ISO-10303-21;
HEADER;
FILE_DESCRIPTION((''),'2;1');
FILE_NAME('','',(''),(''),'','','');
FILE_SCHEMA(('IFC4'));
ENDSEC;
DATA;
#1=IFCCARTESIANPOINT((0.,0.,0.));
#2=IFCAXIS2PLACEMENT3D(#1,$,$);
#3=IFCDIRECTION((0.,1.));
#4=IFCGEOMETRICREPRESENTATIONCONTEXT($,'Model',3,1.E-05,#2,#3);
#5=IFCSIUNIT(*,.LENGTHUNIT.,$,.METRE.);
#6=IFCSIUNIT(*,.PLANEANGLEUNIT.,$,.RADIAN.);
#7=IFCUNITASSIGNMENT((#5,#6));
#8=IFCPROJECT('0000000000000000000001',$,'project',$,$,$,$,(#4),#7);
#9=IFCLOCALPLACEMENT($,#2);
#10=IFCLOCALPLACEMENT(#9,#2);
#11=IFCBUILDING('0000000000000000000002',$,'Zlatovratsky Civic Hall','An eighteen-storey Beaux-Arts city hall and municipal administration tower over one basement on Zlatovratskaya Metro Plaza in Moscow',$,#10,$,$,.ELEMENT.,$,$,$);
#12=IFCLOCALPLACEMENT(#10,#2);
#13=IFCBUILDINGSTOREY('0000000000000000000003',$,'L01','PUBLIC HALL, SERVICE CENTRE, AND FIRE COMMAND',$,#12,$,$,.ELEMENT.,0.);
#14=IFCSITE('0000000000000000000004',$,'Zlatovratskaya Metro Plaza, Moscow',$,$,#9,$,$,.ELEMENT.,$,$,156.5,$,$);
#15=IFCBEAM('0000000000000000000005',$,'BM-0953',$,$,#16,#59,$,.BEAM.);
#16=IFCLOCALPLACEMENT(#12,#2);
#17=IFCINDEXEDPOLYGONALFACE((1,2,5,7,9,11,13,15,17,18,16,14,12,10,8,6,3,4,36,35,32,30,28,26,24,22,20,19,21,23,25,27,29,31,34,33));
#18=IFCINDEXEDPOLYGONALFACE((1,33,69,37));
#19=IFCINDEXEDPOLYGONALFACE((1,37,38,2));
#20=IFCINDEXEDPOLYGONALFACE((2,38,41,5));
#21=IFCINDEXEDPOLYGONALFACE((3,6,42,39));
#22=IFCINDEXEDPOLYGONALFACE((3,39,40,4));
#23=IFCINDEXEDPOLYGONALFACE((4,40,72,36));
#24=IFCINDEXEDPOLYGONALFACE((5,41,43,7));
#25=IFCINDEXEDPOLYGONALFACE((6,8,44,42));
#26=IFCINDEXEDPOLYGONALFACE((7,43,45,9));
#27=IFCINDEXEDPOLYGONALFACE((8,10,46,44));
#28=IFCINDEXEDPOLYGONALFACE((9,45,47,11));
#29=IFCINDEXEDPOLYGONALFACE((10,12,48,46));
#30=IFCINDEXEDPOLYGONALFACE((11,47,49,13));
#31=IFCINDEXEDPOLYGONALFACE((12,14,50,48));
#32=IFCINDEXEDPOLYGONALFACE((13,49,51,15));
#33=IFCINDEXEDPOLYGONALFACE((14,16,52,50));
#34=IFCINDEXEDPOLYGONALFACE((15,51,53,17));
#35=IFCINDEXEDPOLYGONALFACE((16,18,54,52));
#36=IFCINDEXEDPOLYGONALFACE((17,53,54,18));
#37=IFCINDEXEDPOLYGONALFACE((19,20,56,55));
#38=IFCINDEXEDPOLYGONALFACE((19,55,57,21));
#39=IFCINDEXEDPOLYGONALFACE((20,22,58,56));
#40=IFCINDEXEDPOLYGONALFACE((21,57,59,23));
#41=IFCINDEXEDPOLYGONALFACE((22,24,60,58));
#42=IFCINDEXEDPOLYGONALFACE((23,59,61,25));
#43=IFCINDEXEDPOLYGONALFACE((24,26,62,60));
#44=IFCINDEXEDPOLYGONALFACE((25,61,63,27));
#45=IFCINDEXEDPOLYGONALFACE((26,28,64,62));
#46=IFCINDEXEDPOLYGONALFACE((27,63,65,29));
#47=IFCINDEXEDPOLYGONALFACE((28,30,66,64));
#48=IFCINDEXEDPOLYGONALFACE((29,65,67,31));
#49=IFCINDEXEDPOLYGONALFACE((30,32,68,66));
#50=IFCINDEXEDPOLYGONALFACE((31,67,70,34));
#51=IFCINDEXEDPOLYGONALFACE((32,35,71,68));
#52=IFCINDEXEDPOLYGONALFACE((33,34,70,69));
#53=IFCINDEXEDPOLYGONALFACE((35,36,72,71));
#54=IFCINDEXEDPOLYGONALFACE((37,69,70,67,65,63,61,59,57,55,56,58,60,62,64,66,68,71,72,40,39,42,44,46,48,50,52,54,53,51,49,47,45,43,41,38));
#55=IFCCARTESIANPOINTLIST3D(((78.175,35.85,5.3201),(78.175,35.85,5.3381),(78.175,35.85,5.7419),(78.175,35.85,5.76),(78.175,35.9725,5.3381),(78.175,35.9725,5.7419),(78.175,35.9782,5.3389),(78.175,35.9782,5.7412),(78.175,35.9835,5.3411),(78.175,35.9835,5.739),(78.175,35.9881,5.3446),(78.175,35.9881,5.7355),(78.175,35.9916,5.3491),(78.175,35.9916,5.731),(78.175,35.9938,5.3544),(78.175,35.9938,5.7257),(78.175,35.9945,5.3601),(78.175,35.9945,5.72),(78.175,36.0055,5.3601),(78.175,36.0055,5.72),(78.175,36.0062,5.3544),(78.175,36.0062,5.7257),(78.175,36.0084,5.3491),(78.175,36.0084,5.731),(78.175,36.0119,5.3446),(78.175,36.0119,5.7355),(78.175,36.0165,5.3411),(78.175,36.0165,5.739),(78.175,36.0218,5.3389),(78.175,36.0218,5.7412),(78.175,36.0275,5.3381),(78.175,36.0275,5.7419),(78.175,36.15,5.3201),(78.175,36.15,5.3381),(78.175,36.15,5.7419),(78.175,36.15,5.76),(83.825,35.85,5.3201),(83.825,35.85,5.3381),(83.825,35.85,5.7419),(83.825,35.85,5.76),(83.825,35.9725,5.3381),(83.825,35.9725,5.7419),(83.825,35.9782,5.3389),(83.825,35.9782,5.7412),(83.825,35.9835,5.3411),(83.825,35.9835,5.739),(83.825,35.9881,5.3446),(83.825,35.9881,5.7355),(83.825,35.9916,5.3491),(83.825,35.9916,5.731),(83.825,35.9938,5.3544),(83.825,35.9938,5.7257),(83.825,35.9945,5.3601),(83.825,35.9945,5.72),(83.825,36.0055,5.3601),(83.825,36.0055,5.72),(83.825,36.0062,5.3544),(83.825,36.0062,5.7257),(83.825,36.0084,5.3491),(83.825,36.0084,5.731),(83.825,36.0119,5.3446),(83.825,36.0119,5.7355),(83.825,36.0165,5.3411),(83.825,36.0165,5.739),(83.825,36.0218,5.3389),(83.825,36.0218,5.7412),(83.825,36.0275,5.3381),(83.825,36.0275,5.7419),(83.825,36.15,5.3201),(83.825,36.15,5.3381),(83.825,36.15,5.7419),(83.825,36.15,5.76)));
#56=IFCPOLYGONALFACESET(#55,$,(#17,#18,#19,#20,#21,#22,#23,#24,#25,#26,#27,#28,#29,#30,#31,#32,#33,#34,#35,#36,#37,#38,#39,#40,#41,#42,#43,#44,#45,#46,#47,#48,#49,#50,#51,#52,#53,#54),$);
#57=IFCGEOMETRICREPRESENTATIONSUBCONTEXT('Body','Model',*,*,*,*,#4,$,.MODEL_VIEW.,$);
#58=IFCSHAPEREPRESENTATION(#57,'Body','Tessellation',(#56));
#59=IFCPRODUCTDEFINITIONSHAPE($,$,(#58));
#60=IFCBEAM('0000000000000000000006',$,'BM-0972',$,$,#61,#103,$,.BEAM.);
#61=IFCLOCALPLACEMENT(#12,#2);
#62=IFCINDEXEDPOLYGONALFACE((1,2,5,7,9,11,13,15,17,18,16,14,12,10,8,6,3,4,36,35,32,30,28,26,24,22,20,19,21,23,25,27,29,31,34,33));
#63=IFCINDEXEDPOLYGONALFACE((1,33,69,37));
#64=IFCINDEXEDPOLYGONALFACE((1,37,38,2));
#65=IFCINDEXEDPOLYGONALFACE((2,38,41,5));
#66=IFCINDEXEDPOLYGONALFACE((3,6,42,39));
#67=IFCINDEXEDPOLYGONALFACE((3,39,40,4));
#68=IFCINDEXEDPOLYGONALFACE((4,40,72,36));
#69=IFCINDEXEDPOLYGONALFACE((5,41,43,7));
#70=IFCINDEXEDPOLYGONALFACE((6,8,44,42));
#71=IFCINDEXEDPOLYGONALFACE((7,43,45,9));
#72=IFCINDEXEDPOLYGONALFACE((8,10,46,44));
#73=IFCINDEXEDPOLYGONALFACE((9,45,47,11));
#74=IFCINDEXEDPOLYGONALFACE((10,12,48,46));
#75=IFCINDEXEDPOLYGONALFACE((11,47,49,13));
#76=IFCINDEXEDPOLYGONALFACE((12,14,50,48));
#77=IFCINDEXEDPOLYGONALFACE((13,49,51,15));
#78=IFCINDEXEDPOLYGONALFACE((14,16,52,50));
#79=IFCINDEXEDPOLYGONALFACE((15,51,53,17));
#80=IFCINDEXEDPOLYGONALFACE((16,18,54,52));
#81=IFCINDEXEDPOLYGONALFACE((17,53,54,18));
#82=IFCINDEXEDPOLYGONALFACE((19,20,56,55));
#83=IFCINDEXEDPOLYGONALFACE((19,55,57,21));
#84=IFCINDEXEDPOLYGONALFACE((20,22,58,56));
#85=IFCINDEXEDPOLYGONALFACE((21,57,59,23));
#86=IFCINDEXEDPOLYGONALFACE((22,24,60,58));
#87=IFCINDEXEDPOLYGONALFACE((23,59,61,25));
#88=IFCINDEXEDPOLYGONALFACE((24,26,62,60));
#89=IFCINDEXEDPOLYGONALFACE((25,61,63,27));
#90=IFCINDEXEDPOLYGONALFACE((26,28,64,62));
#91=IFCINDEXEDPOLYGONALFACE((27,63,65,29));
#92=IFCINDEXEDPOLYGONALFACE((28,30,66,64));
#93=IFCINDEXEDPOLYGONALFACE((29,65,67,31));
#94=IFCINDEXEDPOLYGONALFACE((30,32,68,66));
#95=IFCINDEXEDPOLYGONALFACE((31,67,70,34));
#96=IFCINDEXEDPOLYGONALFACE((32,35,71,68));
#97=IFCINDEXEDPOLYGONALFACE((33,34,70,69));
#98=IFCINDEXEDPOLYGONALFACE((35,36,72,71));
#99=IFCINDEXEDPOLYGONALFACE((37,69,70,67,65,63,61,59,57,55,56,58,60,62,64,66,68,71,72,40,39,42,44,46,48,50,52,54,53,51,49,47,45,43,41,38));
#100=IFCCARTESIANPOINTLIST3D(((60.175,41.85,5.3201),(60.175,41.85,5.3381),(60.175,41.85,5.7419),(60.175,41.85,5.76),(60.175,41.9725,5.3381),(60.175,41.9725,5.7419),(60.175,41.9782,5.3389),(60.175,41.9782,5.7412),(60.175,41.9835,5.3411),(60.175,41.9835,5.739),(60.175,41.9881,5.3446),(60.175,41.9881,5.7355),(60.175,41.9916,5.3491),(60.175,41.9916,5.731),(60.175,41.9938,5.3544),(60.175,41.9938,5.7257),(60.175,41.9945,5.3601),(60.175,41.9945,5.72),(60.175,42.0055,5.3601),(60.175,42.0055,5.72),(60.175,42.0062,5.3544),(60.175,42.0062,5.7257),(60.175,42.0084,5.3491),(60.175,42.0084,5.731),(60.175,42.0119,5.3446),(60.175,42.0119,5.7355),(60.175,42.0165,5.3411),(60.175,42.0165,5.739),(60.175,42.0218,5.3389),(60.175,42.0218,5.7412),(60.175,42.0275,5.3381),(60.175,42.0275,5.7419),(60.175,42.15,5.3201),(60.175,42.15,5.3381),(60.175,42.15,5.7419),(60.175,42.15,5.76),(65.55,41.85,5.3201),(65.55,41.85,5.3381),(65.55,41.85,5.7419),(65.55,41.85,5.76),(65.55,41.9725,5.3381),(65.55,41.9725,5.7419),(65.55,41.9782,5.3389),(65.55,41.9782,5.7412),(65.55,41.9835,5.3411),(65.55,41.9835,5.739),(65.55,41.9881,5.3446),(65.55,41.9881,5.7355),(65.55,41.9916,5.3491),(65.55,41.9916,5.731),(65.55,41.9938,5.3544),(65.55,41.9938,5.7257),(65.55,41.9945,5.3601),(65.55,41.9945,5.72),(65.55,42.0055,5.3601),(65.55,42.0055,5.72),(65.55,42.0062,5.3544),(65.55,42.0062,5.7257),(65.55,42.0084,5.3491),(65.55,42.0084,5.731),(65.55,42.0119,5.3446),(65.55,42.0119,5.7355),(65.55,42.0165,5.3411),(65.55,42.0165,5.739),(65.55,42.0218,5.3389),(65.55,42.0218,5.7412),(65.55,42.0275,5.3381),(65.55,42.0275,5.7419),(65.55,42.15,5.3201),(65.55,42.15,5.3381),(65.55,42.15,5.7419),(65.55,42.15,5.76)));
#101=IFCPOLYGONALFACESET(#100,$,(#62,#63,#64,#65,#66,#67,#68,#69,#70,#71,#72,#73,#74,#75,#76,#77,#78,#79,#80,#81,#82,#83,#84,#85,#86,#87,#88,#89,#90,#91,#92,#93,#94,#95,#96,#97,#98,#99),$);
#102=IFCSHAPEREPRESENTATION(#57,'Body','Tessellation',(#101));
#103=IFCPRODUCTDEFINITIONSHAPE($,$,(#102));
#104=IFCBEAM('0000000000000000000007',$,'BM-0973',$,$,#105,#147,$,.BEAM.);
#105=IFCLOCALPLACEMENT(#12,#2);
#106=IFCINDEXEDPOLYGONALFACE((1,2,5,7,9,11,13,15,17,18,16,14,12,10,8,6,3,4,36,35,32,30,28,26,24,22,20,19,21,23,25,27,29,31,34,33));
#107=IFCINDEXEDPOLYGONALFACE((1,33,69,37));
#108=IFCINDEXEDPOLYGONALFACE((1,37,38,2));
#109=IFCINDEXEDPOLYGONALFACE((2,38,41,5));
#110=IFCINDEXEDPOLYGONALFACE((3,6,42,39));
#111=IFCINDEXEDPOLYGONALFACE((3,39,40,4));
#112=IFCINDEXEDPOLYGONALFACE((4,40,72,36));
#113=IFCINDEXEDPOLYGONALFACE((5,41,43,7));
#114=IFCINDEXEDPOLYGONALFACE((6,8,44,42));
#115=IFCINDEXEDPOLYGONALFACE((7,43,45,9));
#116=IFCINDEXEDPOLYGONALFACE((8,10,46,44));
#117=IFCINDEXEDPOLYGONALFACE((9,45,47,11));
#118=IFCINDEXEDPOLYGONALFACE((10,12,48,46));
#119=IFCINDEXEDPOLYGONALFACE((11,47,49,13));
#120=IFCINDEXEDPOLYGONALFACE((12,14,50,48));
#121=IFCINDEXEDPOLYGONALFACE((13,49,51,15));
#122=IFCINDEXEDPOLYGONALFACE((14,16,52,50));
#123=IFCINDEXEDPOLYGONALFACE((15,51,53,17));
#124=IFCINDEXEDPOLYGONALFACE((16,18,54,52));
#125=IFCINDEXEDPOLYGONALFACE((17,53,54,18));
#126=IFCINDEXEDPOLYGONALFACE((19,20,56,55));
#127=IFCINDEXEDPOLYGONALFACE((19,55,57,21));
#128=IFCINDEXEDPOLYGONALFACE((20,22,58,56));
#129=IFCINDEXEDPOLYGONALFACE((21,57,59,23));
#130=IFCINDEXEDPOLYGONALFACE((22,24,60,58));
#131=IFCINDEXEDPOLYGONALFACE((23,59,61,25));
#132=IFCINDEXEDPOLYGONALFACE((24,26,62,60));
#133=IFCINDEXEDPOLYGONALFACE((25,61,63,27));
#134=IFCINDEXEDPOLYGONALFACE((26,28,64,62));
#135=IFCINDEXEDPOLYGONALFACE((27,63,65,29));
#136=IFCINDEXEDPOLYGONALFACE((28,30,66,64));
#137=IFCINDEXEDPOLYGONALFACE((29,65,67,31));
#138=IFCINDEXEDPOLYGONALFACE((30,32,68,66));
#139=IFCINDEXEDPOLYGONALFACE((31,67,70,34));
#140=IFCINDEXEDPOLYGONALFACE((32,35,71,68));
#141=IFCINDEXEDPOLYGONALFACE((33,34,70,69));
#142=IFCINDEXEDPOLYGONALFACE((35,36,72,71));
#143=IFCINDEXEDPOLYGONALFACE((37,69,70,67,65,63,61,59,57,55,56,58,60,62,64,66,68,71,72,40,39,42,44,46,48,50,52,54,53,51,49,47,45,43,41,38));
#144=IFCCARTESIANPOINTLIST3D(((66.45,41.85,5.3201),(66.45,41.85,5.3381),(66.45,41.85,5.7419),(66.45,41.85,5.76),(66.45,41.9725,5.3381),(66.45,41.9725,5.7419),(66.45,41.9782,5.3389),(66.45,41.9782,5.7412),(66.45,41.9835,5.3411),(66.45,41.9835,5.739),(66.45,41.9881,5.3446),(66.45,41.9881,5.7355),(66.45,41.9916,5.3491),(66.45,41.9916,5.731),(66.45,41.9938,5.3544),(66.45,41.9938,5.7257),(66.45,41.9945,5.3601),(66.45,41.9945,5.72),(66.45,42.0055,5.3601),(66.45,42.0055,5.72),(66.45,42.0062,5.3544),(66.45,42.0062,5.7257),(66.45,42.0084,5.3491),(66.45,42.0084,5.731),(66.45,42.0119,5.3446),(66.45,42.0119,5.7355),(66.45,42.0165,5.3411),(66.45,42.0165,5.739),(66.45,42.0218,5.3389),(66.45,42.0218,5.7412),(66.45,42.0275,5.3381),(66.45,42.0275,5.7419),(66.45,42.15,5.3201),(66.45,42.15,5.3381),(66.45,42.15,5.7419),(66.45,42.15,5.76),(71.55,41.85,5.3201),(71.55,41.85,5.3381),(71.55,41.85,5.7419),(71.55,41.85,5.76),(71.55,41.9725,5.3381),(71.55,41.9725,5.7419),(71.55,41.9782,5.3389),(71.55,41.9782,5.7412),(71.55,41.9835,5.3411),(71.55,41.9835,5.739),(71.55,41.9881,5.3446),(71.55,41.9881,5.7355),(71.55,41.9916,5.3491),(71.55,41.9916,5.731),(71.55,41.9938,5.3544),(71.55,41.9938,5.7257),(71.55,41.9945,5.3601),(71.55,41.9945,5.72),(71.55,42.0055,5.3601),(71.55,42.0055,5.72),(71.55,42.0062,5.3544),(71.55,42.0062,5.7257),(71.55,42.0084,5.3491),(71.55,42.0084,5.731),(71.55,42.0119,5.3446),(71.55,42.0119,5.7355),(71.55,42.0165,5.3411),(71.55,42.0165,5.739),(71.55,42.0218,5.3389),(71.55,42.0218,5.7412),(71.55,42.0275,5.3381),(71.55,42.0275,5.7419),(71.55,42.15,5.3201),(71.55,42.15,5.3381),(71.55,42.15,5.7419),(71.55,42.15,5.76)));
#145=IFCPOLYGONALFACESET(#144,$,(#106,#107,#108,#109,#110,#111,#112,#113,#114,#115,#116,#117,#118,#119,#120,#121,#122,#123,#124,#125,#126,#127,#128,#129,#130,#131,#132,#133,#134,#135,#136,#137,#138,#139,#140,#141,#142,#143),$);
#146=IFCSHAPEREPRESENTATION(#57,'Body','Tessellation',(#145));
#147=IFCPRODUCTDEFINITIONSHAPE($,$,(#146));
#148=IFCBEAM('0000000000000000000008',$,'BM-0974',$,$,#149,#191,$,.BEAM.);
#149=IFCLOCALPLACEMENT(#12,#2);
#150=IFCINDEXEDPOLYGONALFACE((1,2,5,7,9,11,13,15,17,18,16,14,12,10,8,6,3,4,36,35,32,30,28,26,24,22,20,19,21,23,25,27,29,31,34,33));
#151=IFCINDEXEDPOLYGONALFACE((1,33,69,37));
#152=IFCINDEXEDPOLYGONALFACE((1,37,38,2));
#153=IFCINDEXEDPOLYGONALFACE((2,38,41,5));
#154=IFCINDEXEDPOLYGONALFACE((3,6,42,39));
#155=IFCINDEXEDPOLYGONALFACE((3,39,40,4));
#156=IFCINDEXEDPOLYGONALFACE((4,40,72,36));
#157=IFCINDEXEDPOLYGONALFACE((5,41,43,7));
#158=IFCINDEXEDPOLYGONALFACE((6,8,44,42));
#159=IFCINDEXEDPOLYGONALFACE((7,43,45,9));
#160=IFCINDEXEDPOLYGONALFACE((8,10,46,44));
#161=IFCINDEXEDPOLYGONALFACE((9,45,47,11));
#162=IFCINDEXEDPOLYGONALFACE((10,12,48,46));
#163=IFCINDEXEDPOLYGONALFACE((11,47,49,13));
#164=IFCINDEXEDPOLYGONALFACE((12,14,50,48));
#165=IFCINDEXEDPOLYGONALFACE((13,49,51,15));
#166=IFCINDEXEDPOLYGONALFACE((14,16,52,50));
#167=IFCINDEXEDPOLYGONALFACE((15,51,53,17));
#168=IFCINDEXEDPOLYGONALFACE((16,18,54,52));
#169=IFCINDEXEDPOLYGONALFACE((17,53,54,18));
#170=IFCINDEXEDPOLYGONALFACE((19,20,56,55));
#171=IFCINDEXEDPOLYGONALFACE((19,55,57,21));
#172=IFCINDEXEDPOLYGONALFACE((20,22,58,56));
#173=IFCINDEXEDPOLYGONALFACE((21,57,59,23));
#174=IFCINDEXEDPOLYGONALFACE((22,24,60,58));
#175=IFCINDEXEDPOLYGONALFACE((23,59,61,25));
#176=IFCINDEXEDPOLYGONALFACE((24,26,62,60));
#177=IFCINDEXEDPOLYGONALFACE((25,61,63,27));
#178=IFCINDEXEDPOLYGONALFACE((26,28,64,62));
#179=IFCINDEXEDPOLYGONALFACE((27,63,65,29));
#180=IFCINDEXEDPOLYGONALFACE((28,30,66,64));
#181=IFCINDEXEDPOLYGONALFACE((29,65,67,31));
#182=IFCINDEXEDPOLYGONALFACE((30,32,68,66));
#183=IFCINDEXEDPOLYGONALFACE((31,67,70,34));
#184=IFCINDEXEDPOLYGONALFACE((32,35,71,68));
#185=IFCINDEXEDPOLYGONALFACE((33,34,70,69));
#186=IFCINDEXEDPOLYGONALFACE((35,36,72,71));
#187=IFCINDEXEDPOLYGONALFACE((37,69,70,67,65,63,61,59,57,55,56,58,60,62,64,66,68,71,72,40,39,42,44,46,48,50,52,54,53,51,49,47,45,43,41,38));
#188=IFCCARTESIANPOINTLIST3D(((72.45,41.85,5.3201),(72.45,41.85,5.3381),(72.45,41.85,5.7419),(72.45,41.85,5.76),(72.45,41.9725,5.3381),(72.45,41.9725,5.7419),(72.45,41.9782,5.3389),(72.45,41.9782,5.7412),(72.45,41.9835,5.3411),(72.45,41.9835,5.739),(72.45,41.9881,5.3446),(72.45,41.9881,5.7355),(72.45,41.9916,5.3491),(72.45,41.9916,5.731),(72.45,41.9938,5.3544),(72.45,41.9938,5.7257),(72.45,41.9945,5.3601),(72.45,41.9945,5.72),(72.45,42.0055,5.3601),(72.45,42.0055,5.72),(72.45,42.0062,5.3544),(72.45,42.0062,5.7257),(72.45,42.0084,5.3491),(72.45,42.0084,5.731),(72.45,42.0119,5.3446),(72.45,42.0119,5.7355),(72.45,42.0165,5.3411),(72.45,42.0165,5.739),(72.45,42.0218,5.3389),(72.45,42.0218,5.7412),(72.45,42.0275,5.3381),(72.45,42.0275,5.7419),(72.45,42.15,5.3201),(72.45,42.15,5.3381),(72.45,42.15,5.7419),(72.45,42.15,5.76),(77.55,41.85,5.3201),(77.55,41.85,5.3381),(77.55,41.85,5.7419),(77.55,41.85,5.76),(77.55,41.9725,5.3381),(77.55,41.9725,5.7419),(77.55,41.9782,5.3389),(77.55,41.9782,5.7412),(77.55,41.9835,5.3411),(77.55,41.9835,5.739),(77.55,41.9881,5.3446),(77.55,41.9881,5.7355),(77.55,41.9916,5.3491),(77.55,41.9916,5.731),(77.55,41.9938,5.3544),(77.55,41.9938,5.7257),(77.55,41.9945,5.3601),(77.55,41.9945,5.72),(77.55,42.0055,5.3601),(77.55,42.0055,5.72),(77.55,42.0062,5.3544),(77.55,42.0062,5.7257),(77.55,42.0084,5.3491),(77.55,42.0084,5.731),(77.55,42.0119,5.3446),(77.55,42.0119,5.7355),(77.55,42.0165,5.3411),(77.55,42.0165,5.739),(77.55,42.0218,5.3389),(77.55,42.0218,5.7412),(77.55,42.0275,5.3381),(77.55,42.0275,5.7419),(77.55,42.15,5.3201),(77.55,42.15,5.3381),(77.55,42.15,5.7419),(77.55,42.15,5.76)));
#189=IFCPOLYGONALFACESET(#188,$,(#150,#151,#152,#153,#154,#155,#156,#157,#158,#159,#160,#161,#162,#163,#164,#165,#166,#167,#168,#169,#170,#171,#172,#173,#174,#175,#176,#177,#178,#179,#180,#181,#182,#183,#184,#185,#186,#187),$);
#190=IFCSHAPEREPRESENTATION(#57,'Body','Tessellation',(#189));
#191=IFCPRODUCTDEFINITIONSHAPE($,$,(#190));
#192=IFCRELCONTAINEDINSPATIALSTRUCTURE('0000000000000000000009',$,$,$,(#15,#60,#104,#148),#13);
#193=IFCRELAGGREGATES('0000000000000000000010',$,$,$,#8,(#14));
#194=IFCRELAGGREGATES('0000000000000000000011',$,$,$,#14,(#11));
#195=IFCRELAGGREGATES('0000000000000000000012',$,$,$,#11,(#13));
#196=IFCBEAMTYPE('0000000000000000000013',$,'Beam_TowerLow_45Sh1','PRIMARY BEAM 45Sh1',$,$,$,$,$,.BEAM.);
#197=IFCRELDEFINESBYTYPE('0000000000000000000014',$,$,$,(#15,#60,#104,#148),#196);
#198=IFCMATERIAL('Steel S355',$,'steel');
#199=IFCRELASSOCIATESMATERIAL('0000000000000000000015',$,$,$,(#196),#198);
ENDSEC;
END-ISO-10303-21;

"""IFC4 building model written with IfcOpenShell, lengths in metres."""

from ifc_helpers import new_model, si_unit, direction, frame, origin, origin_2d, place, context, subcontext, project, spatial, i_section, extrude, material, material_profile, profile_set, type_object, element, save


model = new_model("IFC4")

# Units and contexts
model_context = context("Model", 3, precision=1e-05, world=origin(), true_north=direction((0.0, 1.0)))
body_context = subcontext(model_context, "Body", "Model", "MODEL_VIEW")
ifc_project = project(units=[si_unit("LENGTHUNIT", "METRE"), si_unit("PLANEANGLEUNIT", "RADIAN")], contexts=[model_context])

# Site, building, storey
site_placement = place(None, origin())
site = spatial("IfcSite", under=ifc_project, at=site_placement, Name="Zlatovratskaya Metro Plaza, Moscow", CompositionType="ELEMENT", RefElevation=156.5)
building_placement = place(site_placement, origin())
building = spatial("IfcBuilding", under=site, at=building_placement, Name="Zlatovratsky Civic Hall", Description="An eighteen-storey Beaux-Arts city hall and municipal administration tower over one basement on Zlatovratskaya Metro Plaza in Moscow", CompositionType="ELEMENT")
storey_placement = place(building_placement, origin())
storey = spatial("IfcBuildingStorey", under=building, at=storey_placement, Name="L01", Description="PUBLIC HALL, SERVICE CENTRE, AND FIRE COMMAND", CompositionType="ELEMENT", Elevation=0.0)

# Shared definitions
ifc_material_1 = material(Name="Steel S355", Category="steel")

# Beams
ifc_material_profile_1 = material_profile(ifc_material_1, i_section(OverallWidth=0.3, OverallDepth=0.4399, WebThickness=0.011, FlangeThickness=0.0181, FilletRadius=0.022, at=origin_2d()), Name="45Sh1")
ifc_profile_set_1 = profile_set([ifc_material_profile_1], Name="Steel S355")
beam_type = type_object("IfcBeamType", Name="Beam_TowerLow_45Sh1", Description="PRIMARY BEAM 45Sh1", PredefinedType="BEAM", material=ifc_profile_set_1)
for number, where, z_axis, x_axis, name in (
    (1, (78.175, 36.0, 5.54), (1.0, 0.0, 0.0), (0.0, 1.0, 0.0), "BM-0953"),
):
    element("IfcBeam", number, at=place(storey_placement, frame(where, z_axis=z_axis, x_axis=x_axis)), inside=storey, type_object=beam_type, Name=name, PredefinedType="BEAM", context=body_context, shape_type="SweptSolid", body=[
        extrude(i_section(OverallWidth=0.3, OverallDepth=0.4399, WebThickness=0.011, FlangeThickness=0.0181, FilletRadius=0.022, at=origin_2d()), origin(), (0.0, 0.0, 1.0), 5.6499),
    ])
beam_1_placement = place(storey_placement, frame((60.175, 42.0, 5.54), z_axis=(1.0, 0.0, 0.0), x_axis=(0.0, 1.0, 0.0)))
element("IfcBeam", 2, at=beam_1_placement, inside=storey, type_object=beam_type, Name="BM-0972", PredefinedType="BEAM", context=body_context, shape_type="SweptSolid", body=[
    extrude(i_section(OverallWidth=0.3, OverallDepth=0.4399, WebThickness=0.011, FlangeThickness=0.0181, FilletRadius=0.022, at=origin_2d()), origin(), (0.0, 0.0, 1.0), 5.375),
])
for number, where, z_axis, x_axis, name in (
    (3, (66.45, 42.0, 5.54), (1.0, 0.0, 0.0), (0.0, 1.0, 0.0), "BM-0973"),
    (4, (72.45, 42.0, 5.54), (1.0, 0.0, 0.0), (0.0, 1.0, 0.0), "BM-0974"),
):
    element("IfcBeam", number, at=place(storey_placement, frame(where, z_axis=z_axis, x_axis=x_axis)), inside=storey, type_object=beam_type, Name=name, PredefinedType="BEAM", context=body_context, shape_type="SweptSolid", body=[
        extrude(i_section(OverallWidth=0.3, OverallDepth=0.4399, WebThickness=0.011, FlangeThickness=0.0181, FilletRadius=0.022, at=origin_2d()), origin(), (0.0, 0.0, 1.0), 5.1001),
    ])

save(model, "model.ifc")
